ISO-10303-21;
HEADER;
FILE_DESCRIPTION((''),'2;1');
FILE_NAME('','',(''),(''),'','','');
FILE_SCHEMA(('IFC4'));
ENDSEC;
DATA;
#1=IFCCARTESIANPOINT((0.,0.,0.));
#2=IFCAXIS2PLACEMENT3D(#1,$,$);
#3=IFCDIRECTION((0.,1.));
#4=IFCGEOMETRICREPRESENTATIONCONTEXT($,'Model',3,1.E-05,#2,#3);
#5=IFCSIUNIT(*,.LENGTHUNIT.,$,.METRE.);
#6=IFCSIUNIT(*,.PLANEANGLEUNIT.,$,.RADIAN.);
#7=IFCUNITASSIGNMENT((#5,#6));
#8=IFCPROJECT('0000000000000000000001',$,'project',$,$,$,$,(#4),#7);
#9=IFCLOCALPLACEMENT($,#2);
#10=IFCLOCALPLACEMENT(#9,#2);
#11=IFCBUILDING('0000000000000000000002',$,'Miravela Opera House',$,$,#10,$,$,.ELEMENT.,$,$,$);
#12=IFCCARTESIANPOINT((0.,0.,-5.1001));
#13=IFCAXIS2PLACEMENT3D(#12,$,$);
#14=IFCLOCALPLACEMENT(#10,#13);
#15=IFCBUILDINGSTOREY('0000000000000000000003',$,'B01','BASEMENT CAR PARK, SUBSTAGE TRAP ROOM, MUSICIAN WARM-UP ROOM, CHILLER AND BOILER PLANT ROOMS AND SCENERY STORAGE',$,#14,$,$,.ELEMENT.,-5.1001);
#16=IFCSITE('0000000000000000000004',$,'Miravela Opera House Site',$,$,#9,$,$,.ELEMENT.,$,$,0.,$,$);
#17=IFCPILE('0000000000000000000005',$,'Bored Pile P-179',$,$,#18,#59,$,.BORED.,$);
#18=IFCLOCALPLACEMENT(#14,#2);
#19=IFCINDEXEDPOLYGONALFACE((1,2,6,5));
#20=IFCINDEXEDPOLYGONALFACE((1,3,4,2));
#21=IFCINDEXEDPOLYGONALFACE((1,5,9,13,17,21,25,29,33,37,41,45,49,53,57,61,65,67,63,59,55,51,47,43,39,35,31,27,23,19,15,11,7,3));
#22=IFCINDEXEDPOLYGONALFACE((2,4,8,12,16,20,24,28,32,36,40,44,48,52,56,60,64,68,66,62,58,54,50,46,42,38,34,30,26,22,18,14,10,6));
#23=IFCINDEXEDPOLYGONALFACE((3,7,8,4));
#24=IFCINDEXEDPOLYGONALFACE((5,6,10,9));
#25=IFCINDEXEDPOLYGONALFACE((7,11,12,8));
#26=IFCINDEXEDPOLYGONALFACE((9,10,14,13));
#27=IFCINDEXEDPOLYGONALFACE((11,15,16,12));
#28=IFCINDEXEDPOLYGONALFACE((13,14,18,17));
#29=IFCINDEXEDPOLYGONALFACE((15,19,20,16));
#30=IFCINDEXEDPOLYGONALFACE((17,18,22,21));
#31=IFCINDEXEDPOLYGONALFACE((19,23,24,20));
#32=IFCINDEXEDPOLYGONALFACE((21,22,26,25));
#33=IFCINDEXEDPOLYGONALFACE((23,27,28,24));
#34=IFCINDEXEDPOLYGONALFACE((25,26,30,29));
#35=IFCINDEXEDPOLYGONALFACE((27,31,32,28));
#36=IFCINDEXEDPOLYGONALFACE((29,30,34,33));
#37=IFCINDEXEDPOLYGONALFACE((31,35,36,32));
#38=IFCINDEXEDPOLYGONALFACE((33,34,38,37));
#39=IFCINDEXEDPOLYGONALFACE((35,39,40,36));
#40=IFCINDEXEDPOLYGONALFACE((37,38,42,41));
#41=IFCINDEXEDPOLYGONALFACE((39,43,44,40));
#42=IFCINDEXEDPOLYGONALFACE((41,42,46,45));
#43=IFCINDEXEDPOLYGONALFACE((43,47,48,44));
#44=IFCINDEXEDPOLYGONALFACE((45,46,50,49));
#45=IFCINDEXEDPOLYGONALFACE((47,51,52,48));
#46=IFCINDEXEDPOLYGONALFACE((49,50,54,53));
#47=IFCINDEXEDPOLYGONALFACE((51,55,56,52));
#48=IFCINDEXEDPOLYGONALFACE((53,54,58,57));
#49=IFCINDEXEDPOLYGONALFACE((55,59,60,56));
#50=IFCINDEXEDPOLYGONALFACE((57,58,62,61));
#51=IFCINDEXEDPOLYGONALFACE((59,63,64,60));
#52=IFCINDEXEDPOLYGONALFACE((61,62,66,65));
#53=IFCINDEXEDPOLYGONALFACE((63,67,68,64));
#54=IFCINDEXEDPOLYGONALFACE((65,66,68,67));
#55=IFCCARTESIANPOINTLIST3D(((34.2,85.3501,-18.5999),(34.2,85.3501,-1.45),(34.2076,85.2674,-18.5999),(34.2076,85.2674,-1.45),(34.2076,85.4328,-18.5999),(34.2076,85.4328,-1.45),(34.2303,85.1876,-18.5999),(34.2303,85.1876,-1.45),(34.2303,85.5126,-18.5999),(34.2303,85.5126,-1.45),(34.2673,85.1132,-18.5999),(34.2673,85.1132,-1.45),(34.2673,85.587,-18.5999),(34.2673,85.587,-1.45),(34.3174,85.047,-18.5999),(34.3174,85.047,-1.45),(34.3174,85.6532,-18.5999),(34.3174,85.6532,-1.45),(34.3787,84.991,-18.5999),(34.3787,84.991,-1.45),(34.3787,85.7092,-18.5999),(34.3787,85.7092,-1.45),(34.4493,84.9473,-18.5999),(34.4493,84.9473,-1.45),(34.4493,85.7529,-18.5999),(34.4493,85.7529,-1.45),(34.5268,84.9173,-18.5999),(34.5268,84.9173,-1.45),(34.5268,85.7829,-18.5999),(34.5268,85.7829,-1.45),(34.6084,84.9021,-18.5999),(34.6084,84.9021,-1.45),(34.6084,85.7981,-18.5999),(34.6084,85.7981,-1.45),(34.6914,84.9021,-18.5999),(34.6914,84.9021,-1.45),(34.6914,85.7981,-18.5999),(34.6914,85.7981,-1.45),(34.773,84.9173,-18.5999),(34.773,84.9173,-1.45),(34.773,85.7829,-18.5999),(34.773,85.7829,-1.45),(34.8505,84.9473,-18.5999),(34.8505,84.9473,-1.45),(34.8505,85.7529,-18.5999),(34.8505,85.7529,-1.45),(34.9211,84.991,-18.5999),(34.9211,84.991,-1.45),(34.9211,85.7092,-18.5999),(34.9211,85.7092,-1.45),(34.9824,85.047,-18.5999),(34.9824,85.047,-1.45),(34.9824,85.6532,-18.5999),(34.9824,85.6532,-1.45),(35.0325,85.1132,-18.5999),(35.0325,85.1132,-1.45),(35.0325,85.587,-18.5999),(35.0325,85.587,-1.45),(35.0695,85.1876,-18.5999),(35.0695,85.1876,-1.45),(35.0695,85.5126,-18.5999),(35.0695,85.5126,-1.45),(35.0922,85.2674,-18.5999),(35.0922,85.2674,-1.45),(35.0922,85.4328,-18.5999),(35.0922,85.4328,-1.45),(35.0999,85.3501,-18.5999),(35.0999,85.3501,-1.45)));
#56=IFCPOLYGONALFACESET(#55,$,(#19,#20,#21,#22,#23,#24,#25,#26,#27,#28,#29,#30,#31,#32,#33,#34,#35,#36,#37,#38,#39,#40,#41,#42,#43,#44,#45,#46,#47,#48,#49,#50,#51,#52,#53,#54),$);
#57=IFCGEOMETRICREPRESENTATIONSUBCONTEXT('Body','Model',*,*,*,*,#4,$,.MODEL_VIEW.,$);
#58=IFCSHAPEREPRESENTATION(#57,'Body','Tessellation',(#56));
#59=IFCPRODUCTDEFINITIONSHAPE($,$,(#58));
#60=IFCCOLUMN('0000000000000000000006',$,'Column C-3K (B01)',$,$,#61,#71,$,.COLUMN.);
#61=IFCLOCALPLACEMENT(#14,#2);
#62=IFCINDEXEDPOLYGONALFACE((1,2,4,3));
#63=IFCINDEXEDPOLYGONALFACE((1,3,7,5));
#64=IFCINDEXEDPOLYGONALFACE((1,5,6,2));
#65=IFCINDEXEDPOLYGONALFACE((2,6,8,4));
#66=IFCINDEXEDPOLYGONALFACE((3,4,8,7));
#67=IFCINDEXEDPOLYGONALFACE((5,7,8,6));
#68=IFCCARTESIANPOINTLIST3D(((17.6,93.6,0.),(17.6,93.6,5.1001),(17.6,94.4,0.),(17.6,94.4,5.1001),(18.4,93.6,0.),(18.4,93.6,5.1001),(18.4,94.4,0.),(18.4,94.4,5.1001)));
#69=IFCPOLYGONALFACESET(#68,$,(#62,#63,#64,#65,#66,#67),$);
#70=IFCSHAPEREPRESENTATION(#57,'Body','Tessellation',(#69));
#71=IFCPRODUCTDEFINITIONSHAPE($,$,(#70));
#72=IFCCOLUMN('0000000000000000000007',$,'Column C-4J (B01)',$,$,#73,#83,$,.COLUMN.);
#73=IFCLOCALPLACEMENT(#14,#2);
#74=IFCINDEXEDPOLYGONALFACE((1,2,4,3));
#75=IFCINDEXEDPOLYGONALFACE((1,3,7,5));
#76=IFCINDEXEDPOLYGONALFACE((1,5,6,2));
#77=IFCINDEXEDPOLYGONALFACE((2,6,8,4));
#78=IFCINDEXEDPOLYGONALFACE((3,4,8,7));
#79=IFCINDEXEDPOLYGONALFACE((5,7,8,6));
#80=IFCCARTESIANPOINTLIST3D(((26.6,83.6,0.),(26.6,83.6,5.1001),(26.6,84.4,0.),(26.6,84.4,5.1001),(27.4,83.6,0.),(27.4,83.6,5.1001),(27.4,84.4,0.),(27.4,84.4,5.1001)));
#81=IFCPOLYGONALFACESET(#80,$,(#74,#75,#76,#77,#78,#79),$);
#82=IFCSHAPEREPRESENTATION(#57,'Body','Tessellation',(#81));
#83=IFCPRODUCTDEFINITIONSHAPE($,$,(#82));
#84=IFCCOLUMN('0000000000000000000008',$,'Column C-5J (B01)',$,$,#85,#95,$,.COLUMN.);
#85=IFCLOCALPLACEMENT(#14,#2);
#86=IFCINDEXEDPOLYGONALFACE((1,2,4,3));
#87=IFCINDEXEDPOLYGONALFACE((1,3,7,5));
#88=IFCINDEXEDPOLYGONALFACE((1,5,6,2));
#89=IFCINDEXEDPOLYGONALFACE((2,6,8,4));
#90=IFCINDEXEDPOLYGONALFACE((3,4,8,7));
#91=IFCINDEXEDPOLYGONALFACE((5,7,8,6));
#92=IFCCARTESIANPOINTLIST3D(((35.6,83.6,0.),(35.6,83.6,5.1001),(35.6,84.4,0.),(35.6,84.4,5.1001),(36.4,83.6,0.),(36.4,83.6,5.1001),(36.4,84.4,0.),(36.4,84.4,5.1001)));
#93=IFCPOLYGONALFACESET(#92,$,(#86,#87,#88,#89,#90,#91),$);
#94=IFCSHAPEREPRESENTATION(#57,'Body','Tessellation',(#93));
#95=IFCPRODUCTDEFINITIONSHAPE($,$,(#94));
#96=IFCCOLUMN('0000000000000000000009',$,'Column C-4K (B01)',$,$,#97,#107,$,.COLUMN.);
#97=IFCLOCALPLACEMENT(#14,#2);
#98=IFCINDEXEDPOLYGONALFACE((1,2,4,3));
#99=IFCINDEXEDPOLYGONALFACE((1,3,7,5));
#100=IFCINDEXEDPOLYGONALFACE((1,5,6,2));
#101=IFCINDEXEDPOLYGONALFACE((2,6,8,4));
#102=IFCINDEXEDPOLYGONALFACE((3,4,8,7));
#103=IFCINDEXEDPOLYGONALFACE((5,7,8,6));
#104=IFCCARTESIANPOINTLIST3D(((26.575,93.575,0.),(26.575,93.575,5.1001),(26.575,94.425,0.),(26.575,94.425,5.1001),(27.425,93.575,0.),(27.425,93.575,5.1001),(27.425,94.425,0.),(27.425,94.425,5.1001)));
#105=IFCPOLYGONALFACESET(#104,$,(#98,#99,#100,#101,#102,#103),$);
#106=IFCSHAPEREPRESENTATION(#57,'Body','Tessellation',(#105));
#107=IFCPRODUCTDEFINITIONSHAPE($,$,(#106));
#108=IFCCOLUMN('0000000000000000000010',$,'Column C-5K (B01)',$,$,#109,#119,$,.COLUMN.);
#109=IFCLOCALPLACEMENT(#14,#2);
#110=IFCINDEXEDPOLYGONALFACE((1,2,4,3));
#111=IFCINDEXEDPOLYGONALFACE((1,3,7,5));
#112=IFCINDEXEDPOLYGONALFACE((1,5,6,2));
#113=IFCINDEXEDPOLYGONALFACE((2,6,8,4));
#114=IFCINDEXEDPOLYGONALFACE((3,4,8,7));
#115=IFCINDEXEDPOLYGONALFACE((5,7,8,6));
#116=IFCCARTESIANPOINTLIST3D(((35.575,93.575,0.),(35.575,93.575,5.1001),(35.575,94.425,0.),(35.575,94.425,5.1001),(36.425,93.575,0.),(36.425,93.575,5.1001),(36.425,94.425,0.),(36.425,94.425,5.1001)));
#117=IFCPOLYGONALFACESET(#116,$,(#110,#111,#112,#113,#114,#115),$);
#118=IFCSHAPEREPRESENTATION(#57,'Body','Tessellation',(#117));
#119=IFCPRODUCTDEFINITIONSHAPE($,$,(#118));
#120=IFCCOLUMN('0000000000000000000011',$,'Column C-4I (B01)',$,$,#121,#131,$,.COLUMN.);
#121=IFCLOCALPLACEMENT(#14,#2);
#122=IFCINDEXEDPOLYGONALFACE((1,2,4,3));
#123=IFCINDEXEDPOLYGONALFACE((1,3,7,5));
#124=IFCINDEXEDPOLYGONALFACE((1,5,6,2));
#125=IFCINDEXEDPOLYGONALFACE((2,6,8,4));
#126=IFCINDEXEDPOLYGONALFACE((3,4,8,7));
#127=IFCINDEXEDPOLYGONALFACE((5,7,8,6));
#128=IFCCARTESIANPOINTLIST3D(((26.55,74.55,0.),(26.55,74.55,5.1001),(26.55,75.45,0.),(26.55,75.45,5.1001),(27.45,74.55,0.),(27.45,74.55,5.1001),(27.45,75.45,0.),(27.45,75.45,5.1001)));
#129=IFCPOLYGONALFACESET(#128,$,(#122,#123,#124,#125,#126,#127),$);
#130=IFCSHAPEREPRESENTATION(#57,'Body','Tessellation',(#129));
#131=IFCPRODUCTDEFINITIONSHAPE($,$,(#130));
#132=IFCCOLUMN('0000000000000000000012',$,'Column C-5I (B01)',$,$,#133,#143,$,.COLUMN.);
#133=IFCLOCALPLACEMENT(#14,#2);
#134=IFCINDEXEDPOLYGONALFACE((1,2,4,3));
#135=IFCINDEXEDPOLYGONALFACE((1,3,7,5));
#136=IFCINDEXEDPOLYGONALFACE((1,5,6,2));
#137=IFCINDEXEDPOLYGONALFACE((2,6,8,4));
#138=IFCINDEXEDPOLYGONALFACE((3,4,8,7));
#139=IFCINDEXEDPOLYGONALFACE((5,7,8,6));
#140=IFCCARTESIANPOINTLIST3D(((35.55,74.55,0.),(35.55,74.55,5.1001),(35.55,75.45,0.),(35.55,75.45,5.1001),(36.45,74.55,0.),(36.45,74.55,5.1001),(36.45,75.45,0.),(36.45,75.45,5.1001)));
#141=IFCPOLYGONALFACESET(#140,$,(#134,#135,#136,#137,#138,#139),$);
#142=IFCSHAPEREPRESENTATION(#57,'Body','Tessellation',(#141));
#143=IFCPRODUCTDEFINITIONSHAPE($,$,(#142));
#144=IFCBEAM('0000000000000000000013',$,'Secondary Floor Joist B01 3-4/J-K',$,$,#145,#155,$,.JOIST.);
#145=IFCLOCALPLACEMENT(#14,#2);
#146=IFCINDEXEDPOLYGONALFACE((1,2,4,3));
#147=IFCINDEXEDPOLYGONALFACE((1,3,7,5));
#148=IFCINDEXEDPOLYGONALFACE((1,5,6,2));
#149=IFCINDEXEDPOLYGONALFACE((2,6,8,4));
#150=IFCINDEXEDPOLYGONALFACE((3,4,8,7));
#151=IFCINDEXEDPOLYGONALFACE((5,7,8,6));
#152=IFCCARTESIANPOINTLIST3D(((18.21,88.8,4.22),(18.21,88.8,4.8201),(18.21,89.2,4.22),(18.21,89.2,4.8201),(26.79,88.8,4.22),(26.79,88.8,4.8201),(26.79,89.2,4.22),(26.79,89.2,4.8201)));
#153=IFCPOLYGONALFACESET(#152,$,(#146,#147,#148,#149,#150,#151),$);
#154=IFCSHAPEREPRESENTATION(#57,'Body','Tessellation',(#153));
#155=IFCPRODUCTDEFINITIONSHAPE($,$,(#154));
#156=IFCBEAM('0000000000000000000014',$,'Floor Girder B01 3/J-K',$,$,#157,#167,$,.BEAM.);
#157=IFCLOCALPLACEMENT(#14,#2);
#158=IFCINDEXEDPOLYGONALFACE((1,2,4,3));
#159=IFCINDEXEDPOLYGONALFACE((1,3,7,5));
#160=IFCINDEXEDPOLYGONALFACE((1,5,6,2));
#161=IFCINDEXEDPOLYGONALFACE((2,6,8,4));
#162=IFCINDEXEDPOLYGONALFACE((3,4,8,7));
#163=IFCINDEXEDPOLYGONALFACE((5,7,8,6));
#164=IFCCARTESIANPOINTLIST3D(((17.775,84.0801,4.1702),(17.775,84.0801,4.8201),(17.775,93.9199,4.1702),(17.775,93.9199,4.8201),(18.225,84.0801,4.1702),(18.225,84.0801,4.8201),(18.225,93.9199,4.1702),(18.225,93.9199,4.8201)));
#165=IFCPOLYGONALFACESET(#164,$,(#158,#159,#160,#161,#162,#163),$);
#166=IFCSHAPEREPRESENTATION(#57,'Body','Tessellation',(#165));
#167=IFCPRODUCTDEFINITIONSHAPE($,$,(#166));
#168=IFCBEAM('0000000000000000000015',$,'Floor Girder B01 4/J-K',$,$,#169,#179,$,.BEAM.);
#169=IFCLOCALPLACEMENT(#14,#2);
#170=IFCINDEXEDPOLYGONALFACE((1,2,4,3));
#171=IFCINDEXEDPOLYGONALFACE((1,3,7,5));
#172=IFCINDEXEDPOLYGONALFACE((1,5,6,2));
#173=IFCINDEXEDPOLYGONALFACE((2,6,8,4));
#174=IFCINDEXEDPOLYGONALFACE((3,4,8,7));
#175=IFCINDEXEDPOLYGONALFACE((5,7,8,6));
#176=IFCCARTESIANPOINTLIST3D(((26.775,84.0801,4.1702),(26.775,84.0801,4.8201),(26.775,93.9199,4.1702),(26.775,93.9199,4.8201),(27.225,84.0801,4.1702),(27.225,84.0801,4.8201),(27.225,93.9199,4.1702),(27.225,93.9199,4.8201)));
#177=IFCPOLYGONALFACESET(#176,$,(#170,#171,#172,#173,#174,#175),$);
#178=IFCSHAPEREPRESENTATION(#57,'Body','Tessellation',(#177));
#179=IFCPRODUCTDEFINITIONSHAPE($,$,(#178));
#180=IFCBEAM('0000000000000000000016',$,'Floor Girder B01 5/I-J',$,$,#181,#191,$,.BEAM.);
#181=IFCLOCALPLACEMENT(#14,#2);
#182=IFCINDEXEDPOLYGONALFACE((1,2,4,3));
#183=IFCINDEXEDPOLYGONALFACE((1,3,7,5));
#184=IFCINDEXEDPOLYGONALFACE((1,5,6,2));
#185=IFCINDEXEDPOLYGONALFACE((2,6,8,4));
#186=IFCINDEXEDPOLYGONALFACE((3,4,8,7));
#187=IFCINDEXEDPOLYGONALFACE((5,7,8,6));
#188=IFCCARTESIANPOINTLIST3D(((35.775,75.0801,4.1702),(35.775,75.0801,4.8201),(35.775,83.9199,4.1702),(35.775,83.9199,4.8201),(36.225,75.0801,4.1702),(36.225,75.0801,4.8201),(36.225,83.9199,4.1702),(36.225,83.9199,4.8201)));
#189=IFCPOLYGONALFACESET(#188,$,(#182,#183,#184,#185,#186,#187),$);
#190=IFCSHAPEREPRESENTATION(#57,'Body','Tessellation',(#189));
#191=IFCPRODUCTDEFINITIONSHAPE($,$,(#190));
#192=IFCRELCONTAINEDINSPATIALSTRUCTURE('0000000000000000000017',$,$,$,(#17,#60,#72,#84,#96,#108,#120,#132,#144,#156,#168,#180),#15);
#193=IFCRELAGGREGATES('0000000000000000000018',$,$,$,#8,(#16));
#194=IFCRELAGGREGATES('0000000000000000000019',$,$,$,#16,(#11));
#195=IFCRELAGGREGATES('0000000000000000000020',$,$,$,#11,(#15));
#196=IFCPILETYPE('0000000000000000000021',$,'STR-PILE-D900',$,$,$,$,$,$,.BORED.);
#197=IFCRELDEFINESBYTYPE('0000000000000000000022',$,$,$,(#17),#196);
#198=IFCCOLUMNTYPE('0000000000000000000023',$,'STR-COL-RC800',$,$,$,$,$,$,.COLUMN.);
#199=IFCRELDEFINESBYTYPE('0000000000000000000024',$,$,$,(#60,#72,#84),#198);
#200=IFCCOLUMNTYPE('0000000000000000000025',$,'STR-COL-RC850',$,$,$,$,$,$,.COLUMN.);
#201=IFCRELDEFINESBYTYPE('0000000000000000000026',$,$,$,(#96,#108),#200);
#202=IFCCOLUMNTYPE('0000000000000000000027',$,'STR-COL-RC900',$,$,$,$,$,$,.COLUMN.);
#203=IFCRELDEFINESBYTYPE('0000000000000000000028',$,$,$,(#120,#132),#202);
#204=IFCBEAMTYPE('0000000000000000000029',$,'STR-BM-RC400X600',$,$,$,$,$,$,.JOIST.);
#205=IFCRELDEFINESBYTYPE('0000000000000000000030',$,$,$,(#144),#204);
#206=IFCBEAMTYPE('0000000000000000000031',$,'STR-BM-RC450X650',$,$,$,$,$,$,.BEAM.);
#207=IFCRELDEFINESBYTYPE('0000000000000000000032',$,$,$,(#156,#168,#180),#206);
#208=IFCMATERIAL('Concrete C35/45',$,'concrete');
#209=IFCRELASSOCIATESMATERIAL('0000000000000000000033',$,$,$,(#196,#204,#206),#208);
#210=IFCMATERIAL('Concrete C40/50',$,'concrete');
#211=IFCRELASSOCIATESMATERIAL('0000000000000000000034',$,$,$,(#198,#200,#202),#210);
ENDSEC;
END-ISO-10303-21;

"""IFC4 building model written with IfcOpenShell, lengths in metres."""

from ifc_helpers import new_model, si_unit, direction, frame, origin, origin_2d, place, context, subcontext, project, spatial, rectangle, circle, extrude, material, material_profile, profile_set, type_object, element, save


model = new_model("IFC4")

# Units and contexts
model_context = context("Model", 3, precision=1e-05, world=origin(), true_north=direction((0.0, 1.0)))
body_context = subcontext(model_context, "Body", "Model", "MODEL_VIEW")
ifc_project = project(units=[si_unit("LENGTHUNIT", "METRE"), si_unit("PLANEANGLEUNIT", "RADIAN")], contexts=[model_context])

# Site, building, storey
site_placement = place(None, origin())
site = spatial("IfcSite", under=ifc_project, at=site_placement, Name="Miravela Opera House Site", CompositionType="ELEMENT", RefElevation=0.0)
building_placement = place(site_placement, origin())
building = spatial("IfcBuilding", under=site, at=building_placement, Name="Miravela Opera House", CompositionType="ELEMENT")
storey_placement = place(building_placement, frame((0.0, 0.0, -5.1001)))
storey = spatial("IfcBuildingStorey", under=building, at=storey_placement, Name="B01", Description="BASEMENT CAR PARK, SUBSTAGE TRAP ROOM, MUSICIAN WARM-UP ROOM, CHILLER AND BOILER PLANT ROOMS AND SCENERY STORAGE", CompositionType="ELEMENT", Elevation=-5.1001)

# Shared definitions
ifc_material_1 = material(Name="Concrete C35/45", Category="concrete")

# Pile
ifc_material_profile_1 = material_profile(ifc_material_1, circle(Radius=0.45, at=origin_2d()), Name="PILE-D900")
ifc_profile_set_1 = profile_set([ifc_material_profile_1])
pile_type_1 = type_object("IfcPileType", Name="STR-PILE-D900", PredefinedType="BORED", material=ifc_profile_set_1)
for number, where, z_axis, x_axis, name in (
    (1, (34.6499, 85.3501, -1.45), (0.0, 0.0, -1.0), (1.0, 0.0, 0.0), "Bored Pile P-179"),
):
    element("IfcPile", number, at=place(storey_placement, frame(where, z_axis=z_axis, x_axis=x_axis)), inside=storey, type_object=pile_type_1, Name=name, PredefinedType="BORED", context=body_context, shape_type="SweptSolid", body=[
        extrude(circle(Radius=0.45, at=origin_2d()), origin(), (0.0, 0.0, 1.0), 17.1499),
    ])

# Columns
ifc_material_2 = material(Name="Concrete C40/50", Category="concrete")
ifc_material_profile_2 = material_profile(ifc_material_2, rectangle(XDim=0.8, YDim=0.8, at=origin_2d()), Name="RC-COL-800X800")
ifc_profile_set_2 = profile_set([ifc_material_profile_2])
column_type_1 = type_object("IfcColumnType", Name="STR-COL-RC800", PredefinedType="COLUMN", material=ifc_profile_set_2)
for number, where, z_axis, x_axis, name in (
    (2, (18.0, 94.0, 0.0), (0.0, 0.0, 1.0), (1.0, 0.0, 0.0), "Column C-3K (B01)"),
    (3, (27.0, 84.0, 0.0), (0.0, 0.0, 1.0), (1.0, 0.0, 0.0), "Column C-4J (B01)"),
    (4, (36.0, 84.0, 0.0), (0.0, 0.0, 1.0), (1.0, 0.0, 0.0), "Column C-5J (B01)"),
):
    element("IfcColumn", number, at=place(storey_placement, frame(where, z_axis=z_axis, x_axis=x_axis)), inside=storey, type_object=column_type_1, Name=name, PredefinedType="COLUMN", context=body_context, shape_type="SweptSolid", body=[
        extrude(rectangle(XDim=0.8, YDim=0.8, at=origin_2d()), origin(), (0.0, 0.0, 1.0), 5.1001),
    ])
ifc_material_profile_3 = material_profile(ifc_material_2, rectangle(XDim=0.8501, YDim=0.8501, at=origin_2d()), Name="RC-COL-850X850")
ifc_profile_set_3 = profile_set([ifc_material_profile_3])
column_type_2 = type_object("IfcColumnType", Name="STR-COL-RC850", PredefinedType="COLUMN", material=ifc_profile_set_3)
for number, where, z_axis, x_axis, name in (
    (5, (27.0, 94.0, 0.0), (0.0, 0.0, 1.0), (1.0, 0.0, 0.0), "Column C-4K (B01)"),
    (6, (36.0, 94.0, 0.0), (0.0, 0.0, 1.0), (1.0, 0.0, 0.0), "Column C-5K (B01)"),
):
    element("IfcColumn", number, at=place(storey_placement, frame(where, z_axis=z_axis, x_axis=x_axis)), inside=storey, type_object=column_type_2, Name=name, PredefinedType="COLUMN", context=body_context, shape_type="SweptSolid", body=[
        extrude(rectangle(XDim=0.8501, YDim=0.8501, at=origin_2d()), origin(), (0.0, 0.0, 1.0), 5.1001),
    ])
ifc_material_profile_4 = material_profile(ifc_material_2, rectangle(XDim=0.8999, YDim=0.8999, at=origin_2d()), Name="RC-COL-900X900")
ifc_profile_set_4 = profile_set([ifc_material_profile_4])
column_type_3 = type_object("IfcColumnType", Name="STR-COL-RC900", PredefinedType="COLUMN", material=ifc_profile_set_4)
for number, where, z_axis, x_axis, name in (
    (7, (27.0, 75.0, 0.0), (0.0, 0.0, 1.0), (1.0, 0.0, 0.0), "Column C-4I (B01)"),
    (8, (36.0, 75.0, 0.0), (0.0, 0.0, 1.0), (1.0, 0.0, 0.0), "Column C-5I (B01)"),
):
    element("IfcColumn", number, at=place(storey_placement, frame(where, z_axis=z_axis, x_axis=x_axis)), inside=storey, type_object=column_type_3, Name=name, PredefinedType="COLUMN", context=body_context, shape_type="SweptSolid", body=[
        extrude(rectangle(XDim=0.8999, YDim=0.8999, at=origin_2d()), origin(), (0.0, 0.0, 1.0), 5.1001),
    ])

# Beams
ifc_material_profile_5 = material_profile(ifc_material_1, rectangle(XDim=0.3999, YDim=0.6001, at=origin_2d()), Name="RC-BM-400X600")
ifc_profile_set_5 = profile_set([ifc_material_profile_5])
beam_type_1 = type_object("IfcBeamType", Name="STR-BM-RC400X600", PredefinedType="JOIST", material=ifc_profile_set_5)
beam_1_placement = place(storey_placement, frame((18.21, 89.0, 4.52), z_axis=(1.0, 0.0, 0.0), x_axis=(0.0, 1.0, 0.0)))
element("IfcBeam", 9, at=beam_1_placement, inside=storey, type_object=beam_type_1, Name="Secondary Floor Joist B01 3-4/J-K", PredefinedType="JOIST", context=body_context, shape_type="SweptSolid", body=[
    extrude(rectangle(XDim=0.3999, YDim=0.6001, at=origin_2d()), origin(), (0.0, 0.0, 1.0), 8.5801),
])
ifc_material_profile_6 = material_profile(ifc_material_1, rectangle(XDim=0.45, YDim=0.6499, at=origin_2d()), Name="RC-BM-450X650")
ifc_profile_set_6 = profile_set([ifc_material_profile_6])
beam_type_2 = type_object("IfcBeamType", Name="STR-BM-RC450X650", PredefinedType="BEAM", material=ifc_profile_set_6)
for number, where, z_axis, x_axis, name in (
    (10, (18.0, 84.0801, 4.4951), (0.0, 1.0, 0.0), (-1.0, 0.0, 0.0), "Floor Girder B01 3/J-K"),
    (11, (27.0, 84.0801, 4.4951), (0.0, 1.0, 0.0), (-1.0, 0.0, 0.0), "Floor Girder B01 4/J-K"),
):
    element("IfcBeam", number, at=place(storey_placement, frame(where, z_axis=z_axis, x_axis=x_axis)), inside=storey, type_object=beam_type_2, Name=name, PredefinedType="BEAM", context=body_context, shape_type="SweptSolid", body=[
        extrude(rectangle(XDim=0.45, YDim=0.6499, at=origin_2d()), origin(), (0.0, 0.0, 1.0), 9.8398),
    ])
beam_2_placement = place(storey_placement, frame((36.0, 75.0801, 4.4951), z_axis=(0.0, 1.0, 0.0), x_axis=(-1.0, 0.0, 0.0)))
element("IfcBeam", 12, at=beam_2_placement, inside=storey, type_object=beam_type_2, Name="Floor Girder B01 5/I-J", PredefinedType="BEAM", context=body_context, shape_type="SweptSolid", body=[
    extrude(rectangle(XDim=0.45, YDim=0.6499, at=origin_2d()), origin(), (0.0, 0.0, 1.0), 8.8398),
])

save(model, "model.ifc")
